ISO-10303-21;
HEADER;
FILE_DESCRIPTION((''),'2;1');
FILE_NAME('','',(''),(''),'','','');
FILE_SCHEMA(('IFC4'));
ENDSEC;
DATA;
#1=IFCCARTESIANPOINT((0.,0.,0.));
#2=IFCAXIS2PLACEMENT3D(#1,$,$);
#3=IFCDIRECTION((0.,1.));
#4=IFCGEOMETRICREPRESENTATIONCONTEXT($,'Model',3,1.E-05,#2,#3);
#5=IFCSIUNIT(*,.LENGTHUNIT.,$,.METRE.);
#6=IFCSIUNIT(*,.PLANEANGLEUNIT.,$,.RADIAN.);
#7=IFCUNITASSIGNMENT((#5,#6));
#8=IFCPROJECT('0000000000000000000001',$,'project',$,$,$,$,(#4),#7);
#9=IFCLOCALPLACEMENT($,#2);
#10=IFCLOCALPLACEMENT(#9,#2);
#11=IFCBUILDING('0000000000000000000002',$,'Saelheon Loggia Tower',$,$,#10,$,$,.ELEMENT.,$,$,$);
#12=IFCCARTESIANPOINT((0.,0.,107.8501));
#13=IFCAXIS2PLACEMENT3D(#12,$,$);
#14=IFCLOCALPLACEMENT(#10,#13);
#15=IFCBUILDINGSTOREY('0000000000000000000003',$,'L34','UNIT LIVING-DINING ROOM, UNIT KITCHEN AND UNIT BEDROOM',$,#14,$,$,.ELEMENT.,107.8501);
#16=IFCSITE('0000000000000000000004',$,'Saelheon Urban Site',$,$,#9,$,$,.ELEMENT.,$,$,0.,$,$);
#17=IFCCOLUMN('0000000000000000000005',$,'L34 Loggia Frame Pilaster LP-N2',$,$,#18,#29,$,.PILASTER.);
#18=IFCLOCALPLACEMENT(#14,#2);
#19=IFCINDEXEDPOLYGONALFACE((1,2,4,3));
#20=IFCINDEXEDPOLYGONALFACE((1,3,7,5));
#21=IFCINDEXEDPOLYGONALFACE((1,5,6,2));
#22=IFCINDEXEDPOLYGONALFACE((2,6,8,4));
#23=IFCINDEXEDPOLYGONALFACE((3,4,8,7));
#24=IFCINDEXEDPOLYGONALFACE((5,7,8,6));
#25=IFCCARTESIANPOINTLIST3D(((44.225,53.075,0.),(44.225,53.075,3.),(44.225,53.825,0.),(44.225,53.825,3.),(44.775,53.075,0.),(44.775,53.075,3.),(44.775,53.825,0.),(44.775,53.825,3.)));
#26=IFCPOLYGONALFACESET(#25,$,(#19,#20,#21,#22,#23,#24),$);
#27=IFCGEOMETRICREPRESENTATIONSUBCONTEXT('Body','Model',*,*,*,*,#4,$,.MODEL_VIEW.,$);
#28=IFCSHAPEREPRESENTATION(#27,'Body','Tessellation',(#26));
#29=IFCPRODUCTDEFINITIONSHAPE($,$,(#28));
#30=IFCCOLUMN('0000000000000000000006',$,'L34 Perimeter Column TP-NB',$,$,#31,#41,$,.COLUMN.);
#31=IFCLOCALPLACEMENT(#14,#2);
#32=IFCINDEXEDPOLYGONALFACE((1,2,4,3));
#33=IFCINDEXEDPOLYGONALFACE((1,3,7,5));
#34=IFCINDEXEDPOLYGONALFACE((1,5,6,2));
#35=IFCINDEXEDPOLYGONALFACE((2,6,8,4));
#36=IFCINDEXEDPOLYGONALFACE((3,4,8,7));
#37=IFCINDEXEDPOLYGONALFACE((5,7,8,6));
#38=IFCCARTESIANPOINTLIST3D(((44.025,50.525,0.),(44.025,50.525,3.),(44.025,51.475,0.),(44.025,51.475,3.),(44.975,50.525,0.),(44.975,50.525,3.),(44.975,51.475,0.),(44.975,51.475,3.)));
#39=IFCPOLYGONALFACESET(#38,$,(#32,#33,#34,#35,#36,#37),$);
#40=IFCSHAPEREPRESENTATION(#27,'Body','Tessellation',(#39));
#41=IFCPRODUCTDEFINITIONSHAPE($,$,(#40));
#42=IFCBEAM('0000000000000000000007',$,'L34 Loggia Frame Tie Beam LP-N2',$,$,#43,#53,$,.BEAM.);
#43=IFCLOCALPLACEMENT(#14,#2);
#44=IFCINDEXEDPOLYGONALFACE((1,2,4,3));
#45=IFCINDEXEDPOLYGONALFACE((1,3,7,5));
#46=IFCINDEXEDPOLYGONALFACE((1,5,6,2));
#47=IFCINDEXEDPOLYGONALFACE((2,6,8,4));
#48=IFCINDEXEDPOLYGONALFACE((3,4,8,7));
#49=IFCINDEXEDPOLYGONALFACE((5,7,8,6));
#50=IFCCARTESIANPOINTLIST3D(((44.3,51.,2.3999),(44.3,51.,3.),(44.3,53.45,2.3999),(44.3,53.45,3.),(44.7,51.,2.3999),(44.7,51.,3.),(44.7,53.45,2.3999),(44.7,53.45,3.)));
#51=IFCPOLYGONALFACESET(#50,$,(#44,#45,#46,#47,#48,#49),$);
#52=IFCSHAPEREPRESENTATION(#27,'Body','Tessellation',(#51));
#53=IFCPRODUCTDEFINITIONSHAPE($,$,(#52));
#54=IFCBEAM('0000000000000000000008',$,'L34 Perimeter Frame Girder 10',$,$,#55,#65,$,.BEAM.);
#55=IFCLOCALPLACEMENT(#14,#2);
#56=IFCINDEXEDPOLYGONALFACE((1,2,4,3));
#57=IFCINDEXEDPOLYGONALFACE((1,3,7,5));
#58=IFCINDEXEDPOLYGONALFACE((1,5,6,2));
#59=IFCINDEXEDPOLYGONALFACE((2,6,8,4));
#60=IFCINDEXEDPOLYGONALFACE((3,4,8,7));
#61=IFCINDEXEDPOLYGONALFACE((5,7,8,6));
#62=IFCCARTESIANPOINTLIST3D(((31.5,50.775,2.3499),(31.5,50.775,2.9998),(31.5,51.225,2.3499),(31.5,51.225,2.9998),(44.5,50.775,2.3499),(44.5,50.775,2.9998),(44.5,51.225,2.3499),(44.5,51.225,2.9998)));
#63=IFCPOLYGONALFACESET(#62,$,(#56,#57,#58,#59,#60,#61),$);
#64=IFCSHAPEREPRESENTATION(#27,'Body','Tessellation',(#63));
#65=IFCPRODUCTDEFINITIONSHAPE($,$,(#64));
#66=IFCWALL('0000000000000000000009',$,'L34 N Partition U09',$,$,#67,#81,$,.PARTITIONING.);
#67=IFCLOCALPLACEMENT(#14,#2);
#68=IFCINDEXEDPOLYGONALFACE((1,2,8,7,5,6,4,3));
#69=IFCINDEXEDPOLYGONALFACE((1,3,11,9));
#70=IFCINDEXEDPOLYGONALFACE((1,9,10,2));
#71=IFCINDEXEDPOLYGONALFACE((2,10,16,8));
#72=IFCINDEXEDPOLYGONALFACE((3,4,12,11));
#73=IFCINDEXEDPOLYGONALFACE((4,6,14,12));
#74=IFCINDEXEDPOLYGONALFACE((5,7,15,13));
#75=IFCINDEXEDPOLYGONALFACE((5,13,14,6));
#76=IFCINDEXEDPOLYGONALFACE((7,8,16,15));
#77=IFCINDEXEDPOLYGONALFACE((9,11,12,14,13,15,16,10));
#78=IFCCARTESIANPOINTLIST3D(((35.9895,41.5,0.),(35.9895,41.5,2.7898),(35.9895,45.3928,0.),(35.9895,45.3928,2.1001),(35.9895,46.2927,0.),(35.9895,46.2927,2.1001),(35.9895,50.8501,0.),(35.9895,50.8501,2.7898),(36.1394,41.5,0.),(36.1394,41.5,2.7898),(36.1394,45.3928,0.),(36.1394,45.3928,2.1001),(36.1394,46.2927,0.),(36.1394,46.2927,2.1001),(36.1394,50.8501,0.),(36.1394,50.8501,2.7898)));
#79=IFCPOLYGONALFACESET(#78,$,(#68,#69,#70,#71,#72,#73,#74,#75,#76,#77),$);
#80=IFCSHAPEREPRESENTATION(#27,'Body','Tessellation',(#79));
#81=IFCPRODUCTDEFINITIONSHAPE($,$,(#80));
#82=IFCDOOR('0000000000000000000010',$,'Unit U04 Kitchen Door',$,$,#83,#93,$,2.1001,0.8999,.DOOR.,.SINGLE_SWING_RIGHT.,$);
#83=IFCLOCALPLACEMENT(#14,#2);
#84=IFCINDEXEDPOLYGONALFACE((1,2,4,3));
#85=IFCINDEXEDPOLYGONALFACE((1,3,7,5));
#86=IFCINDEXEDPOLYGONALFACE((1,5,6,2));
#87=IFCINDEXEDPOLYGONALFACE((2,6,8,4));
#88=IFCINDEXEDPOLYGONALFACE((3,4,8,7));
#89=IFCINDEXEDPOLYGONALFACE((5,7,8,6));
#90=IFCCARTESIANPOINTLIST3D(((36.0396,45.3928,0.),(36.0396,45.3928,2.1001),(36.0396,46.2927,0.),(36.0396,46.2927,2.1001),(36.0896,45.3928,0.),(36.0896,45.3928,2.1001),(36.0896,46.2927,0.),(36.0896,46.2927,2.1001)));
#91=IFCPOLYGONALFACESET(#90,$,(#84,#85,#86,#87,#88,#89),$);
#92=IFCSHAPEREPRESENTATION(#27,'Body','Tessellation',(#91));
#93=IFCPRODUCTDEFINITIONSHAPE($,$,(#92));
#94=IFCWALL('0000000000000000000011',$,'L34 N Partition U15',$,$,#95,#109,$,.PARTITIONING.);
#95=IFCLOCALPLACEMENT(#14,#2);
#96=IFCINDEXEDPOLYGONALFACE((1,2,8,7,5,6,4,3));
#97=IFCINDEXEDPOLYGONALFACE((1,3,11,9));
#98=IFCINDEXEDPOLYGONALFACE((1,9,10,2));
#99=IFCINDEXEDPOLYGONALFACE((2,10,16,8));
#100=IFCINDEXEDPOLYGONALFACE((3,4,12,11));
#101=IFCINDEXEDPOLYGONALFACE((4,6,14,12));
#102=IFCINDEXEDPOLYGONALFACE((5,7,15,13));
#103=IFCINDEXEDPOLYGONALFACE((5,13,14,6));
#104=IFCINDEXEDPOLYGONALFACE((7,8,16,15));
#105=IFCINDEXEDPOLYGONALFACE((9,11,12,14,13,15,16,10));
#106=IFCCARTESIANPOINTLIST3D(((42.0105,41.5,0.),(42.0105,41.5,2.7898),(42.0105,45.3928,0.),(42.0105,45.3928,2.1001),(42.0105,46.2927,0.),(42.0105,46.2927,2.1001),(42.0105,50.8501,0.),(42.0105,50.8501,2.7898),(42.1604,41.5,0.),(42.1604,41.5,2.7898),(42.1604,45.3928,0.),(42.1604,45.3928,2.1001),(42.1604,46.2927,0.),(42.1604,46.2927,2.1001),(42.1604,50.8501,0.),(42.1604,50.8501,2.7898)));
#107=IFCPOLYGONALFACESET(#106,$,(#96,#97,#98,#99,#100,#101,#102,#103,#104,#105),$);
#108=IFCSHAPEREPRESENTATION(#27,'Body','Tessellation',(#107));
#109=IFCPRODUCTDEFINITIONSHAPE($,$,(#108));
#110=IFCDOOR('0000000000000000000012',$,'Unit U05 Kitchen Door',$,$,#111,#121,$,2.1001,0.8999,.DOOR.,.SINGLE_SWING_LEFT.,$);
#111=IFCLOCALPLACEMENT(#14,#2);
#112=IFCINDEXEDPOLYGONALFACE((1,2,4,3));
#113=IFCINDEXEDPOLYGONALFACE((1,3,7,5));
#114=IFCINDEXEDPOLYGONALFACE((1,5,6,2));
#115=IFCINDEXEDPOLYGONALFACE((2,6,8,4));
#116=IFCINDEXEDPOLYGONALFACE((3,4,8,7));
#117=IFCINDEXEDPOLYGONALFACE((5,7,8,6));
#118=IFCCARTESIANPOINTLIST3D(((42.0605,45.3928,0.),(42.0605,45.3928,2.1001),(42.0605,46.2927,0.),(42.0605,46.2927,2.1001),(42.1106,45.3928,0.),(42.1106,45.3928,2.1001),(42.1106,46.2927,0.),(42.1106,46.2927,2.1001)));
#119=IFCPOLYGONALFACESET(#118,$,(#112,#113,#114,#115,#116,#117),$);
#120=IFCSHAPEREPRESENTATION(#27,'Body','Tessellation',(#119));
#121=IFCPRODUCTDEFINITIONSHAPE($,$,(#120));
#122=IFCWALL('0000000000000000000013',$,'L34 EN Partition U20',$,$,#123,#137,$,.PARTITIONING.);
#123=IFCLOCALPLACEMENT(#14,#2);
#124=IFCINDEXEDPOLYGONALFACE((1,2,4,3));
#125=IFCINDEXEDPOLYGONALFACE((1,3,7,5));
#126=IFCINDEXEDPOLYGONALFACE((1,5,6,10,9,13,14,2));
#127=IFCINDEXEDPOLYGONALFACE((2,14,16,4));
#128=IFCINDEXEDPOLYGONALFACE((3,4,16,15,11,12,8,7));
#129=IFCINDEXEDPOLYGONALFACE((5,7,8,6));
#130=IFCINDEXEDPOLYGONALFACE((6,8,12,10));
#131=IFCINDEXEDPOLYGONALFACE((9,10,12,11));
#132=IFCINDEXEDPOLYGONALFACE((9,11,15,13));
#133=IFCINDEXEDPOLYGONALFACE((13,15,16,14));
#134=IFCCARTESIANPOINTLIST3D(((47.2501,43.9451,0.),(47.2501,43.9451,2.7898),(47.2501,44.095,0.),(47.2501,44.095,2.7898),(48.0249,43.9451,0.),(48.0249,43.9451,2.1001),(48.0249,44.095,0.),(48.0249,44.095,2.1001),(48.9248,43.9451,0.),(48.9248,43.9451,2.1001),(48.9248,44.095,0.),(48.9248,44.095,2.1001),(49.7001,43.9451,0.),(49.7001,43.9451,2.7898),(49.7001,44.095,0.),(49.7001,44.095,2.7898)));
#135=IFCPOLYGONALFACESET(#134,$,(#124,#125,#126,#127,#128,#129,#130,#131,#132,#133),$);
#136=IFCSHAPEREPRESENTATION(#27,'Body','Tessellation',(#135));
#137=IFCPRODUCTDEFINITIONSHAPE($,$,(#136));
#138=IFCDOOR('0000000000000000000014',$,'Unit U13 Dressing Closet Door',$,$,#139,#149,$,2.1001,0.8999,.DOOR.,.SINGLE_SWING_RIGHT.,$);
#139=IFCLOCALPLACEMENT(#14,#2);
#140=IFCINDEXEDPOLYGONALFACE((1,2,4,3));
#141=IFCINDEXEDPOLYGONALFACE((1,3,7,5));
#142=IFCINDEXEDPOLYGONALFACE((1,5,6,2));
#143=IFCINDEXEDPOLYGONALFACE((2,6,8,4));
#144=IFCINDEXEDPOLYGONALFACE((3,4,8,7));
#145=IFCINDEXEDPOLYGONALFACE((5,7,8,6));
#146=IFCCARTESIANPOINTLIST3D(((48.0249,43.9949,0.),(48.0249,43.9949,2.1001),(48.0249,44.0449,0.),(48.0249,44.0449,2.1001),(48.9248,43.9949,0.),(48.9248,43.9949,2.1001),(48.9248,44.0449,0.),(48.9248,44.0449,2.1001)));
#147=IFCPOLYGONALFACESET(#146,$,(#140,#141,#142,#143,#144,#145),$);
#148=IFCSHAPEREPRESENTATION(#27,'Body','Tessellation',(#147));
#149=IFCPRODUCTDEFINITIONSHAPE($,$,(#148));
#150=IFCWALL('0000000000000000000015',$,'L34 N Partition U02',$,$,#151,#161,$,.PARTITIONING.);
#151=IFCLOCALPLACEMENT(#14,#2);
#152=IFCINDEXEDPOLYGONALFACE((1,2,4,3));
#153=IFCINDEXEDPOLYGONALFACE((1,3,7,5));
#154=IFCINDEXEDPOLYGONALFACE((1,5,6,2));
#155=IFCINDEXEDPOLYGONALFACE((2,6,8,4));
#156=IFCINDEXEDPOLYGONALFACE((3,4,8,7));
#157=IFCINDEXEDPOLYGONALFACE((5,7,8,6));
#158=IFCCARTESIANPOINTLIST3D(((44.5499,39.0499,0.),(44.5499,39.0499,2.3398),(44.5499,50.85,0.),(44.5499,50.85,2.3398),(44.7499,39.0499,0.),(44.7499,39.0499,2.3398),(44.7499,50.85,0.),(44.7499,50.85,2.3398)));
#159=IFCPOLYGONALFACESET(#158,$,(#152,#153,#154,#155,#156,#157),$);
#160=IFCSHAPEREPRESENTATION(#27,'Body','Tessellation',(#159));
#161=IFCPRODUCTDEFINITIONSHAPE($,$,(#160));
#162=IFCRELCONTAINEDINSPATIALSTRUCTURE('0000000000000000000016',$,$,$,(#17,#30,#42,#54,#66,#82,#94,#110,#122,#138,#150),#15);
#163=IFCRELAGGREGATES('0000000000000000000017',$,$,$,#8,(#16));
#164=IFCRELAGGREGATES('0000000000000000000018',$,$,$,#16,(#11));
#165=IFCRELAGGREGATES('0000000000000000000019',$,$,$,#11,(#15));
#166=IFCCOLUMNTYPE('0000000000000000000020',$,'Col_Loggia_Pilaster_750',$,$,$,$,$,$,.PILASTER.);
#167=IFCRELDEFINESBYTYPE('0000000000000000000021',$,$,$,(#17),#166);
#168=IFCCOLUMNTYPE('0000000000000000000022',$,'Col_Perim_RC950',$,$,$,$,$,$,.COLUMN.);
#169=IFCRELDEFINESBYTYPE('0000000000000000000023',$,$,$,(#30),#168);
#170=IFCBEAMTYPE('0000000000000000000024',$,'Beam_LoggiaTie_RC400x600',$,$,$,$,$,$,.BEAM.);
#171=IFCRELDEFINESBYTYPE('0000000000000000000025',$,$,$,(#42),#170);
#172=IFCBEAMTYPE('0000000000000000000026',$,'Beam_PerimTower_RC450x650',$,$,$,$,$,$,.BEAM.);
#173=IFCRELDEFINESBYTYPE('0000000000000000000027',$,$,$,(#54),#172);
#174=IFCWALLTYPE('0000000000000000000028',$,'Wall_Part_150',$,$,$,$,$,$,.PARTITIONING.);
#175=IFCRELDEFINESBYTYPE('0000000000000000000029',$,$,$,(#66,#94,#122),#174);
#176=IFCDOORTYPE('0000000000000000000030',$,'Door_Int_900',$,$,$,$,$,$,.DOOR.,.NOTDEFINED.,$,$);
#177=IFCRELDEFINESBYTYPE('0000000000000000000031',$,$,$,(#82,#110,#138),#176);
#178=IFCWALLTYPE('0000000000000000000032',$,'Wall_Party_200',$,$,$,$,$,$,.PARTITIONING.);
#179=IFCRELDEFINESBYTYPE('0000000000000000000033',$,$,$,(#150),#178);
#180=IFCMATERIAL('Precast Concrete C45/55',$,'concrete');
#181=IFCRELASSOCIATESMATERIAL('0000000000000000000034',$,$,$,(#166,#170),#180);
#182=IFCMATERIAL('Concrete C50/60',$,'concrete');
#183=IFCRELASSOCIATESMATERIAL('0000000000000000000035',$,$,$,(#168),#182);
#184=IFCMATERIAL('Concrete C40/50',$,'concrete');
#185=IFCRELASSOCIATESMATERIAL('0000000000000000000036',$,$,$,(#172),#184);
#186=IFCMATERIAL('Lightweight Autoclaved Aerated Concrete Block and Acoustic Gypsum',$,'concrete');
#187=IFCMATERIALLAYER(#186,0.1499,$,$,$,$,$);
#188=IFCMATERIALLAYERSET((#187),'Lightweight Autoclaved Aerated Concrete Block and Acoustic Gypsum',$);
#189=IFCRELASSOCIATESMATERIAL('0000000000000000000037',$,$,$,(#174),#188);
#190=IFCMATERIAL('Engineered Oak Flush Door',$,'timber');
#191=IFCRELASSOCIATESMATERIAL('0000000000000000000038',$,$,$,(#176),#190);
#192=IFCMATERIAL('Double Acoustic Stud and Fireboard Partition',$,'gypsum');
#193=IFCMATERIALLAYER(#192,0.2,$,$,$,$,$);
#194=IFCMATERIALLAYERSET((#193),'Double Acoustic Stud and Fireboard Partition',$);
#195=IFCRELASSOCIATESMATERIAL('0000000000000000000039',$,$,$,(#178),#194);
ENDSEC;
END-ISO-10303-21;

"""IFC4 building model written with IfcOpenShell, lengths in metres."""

from ifc_helpers import new_model, si_unit, direction, frame, frame_2d, origin, origin_2d, place, context, subcontext, project, spatial, rectangle, extrude, source, transform, mapped, material, layer, layer_set, material_profile, profile_set, type_object, element, fill, save


model = new_model("IFC4")

# Units and contexts
model_context = context("Model", 3, precision=1e-05, world=origin(), true_north=direction((0.0, 1.0)))
body_context = subcontext(model_context, "Body", "Model", "MODEL_VIEW")
ifc_project = project(units=[si_unit("LENGTHUNIT", "METRE"), si_unit("PLANEANGLEUNIT", "RADIAN")], contexts=[model_context])

# Site, building, storey
site_placement = place(None, origin())
site = spatial("IfcSite", under=ifc_project, at=site_placement, Name="Saelheon Urban Site", CompositionType="ELEMENT", RefElevation=0.0)
building_placement = place(site_placement, origin())
building = spatial("IfcBuilding", under=site, at=building_placement, Name="Saelheon Loggia Tower", CompositionType="ELEMENT")
storey_placement = place(building_placement, frame((0.0, 0.0, 107.8501)))
storey = spatial("IfcBuildingStorey", under=building, at=storey_placement, Name="L34", Description="UNIT LIVING-DINING ROOM, UNIT KITCHEN AND UNIT BEDROOM", CompositionType="ELEMENT", Elevation=107.8501)

# Columns
ifc_material_1 = material(Name="Precast Concrete C45/55", Category="concrete")
ifc_material_profile_1 = material_profile(ifc_material_1, rectangle(XDim=0.55, YDim=0.75, at=origin_2d()), Name="RC-550x750")
ifc_profile_set_1 = profile_set([ifc_material_profile_1], Name="Precast Concrete C45/55")
column_type_1 = type_object("IfcColumnType", Name="Col_Loggia_Pilaster_750", PredefinedType="PILASTER", material=ifc_profile_set_1)
shared_shape_1 = source(origin(), body_context, "Body", "SweptSolid", [
    extrude(rectangle(XDim=0.55, YDim=0.75, at=origin_2d()), origin(), (0.0, 0.0, 1.0), 3.0),
])
column_1_placement = place(storey_placement, frame((44.5, 53.45, 0.0), z_axis=(0.0, 0.0, 1.0), x_axis=(1.0, 0.0, 0.0)))
element("IfcColumn", 1, at=column_1_placement, inside=storey, type_object=column_type_1, Name="L34 Loggia Frame Pilaster LP-N2", PredefinedType="PILASTER", context=body_context, shape_type="MappedRepresentation", body=[
    mapped(shared_shape_1, transform((0.0, 0.0, 0.0), scale=1.0)),
])
ifc_material_2 = material(Name="Concrete C50/60", Category="concrete")
ifc_material_profile_2 = material_profile(ifc_material_2, rectangle(XDim=0.95, YDim=0.95, at=origin_2d()), Name="RC-950x950")
ifc_profile_set_2 = profile_set([ifc_material_profile_2], Name="Concrete C50/60")
column_type_2 = type_object("IfcColumnType", Name="Col_Perim_RC950", PredefinedType="COLUMN", material=ifc_profile_set_2)
shared_shape_2 = source(origin(), body_context, "Body", "SweptSolid", [
    extrude(rectangle(XDim=0.95, YDim=0.95, at=origin_2d()), origin(), (0.0, 0.0, 1.0), 3.0),
])
column_2_placement = place(storey_placement, frame((44.5, 51.0, 0.0), z_axis=(0.0, 0.0, 1.0), x_axis=(1.0, 0.0, 0.0)))
element("IfcColumn", 2, at=column_2_placement, inside=storey, type_object=column_type_2, Name="L34 Perimeter Column TP-NB", PredefinedType="COLUMN", context=body_context, shape_type="MappedRepresentation", body=[
    mapped(shared_shape_2, transform((0.0, 0.0, 0.0), scale=1.0)),
])

# Beams
ifc_material_profile_3 = material_profile(ifc_material_1, rectangle(XDim=0.3999, YDim=0.6001, at=origin_2d()), Name="RC-400x600")
ifc_profile_set_3 = profile_set([ifc_material_profile_3], Name="Precast Concrete C45/55")
beam_type_1 = type_object("IfcBeamType", Name="Beam_LoggiaTie_RC400x600", PredefinedType="BEAM", material=ifc_profile_set_3)
shared_shape_3 = source(origin(), body_context, "Body", "SweptSolid", [
    extrude(rectangle(XDim=0.3999, YDim=0.6001, at=origin_2d()), origin(), (0.0, 0.0, 1.0), 2.45),
])
beam_1_placement = place(storey_placement, frame((44.5, 51.0, 2.7), z_axis=(0.0, 1.0, 0.0), x_axis=(-1.0, 0.0, 0.0)))
element("IfcBeam", 3, at=beam_1_placement, inside=storey, type_object=beam_type_1, Name="L34 Loggia Frame Tie Beam LP-N2", PredefinedType="BEAM", context=body_context, shape_type="MappedRepresentation", body=[
    mapped(shared_shape_3, transform((0.0, 0.0, 0.0), scale=1.0)),
])
ifc_material_3 = material(Name="Concrete C40/50", Category="concrete")
ifc_material_profile_4 = material_profile(ifc_material_3, rectangle(XDim=0.45, YDim=0.6499, at=origin_2d()), Name="RC-450x650")
ifc_profile_set_4 = profile_set([ifc_material_profile_4], Name="Concrete C40/50")
beam_type_2 = type_object("IfcBeamType", Name="Beam_PerimTower_RC450x650", PredefinedType="BEAM", material=ifc_profile_set_4)
shared_shape_4 = source(origin(), body_context, "Body", "SweptSolid", [
    extrude(rectangle(XDim=0.45, YDim=0.6499, at=origin_2d()), origin(), (0.0, 0.0, 1.0), 13.0),
])
beam_2_placement = place(storey_placement, frame((44.5, 51.0, 2.6748), z_axis=(-1.0, 0.0, 0.0), x_axis=(0.0, -1.0, 0.0)))
element("IfcBeam", 4, at=beam_2_placement, inside=storey, type_object=beam_type_2, Name="L34 Perimeter Frame Girder 10", PredefinedType="BEAM", context=body_context, shape_type="MappedRepresentation", body=[
    mapped(shared_shape_4, transform((0.0, 0.0, 0.0), scale=1.0)),
])

# Walls, openings, doors
ifc_material_4 = material(Name="Lightweight Autoclaved Aerated Concrete Block and Acoustic Gypsum", Category="concrete")
ifc_layer_1 = layer(ifc_material_4, 0.1499)
ifc_layer_set_1 = layer_set([ifc_layer_1], Name="Lightweight Autoclaved Aerated Concrete Block and Acoustic Gypsum")
wall_type_1 = type_object("IfcWallType", Name="Wall_Part_150", PredefinedType="PARTITIONING", material=ifc_layer_set_1)
wall_1_placement = place(storey_placement, frame((36.0645, 41.5, 0.0), z_axis=(0.0, 0.0, 1.0), x_axis=(0.0, 1.0, 0.0)))
wall_1 = element("IfcWall", 5, at=wall_1_placement, inside=storey, type_object=wall_type_1, Name="L34 N Partition U09", PredefinedType="PARTITIONING", context=body_context, shape_type="SweptSolid", body=[
    extrude(rectangle(XDim=9.3501, YDim=0.1499, at=frame_2d((4.675, 0.0))), origin(), (0.0, 0.0, 1.0), 2.7898),
])
opening_1_placement = place(wall_1_placement, frame((3.8928, 0.0, 0.0)))
opening_1 = element("IfcOpeningElement", 6, at=opening_1_placement, cuts=wall_1, PredefinedType="OPENING", context=body_context, shape_type="SweptSolid", body=[
    extrude(rectangle(XDim=0.8999, YDim=2.1001, at=frame_2d((0.45, 1.05))), frame((0.0, 0.0869, 0.0), z_axis=(0.0, -1.0, 0.0), x_axis=(1.0, 0.0, 0.0)), (0.0, 0.0, 1.0), 0.1738),
])
ifc_material_5 = material(Name="Engineered Oak Flush Door", Category="timber")
door_type_1 = type_object("IfcDoorType", Name="Door_Int_900", OperationType="NOTDEFINED", PredefinedType="DOOR", material=ifc_material_5)
shared_shape_5 = source(origin(), body_context, "Body", "SweptSolid", [
    extrude(rectangle(XDim=0.8999, YDim=2.1001, at=frame_2d((0.45, 1.05))), frame((0.0, 0.0249, 0.0), z_axis=(0.0, -1.0, 0.0), x_axis=(1.0, 0.0, 0.0)), (0.0, 0.0, 1.0), 0.05),
])
door_1_placement = place(opening_1_placement, origin())
door_1 = element("IfcDoor", 7, at=door_1_placement, inside=storey, type_object=door_type_1, Name="Unit U04 Kitchen Door", OperationType="SINGLE_SWING_RIGHT", OverallHeight=2.1001, OverallWidth=0.8999, PredefinedType="DOOR", context=body_context, shape_type="MappedRepresentation", body=[
    mapped(shared_shape_5, transform((0.0, 0.0, 0.0), scale=1.0)),
])
fill(opening_1, door_1)
wall_2_placement = place(storey_placement, frame((42.0854, 41.5, 0.0), z_axis=(0.0, 0.0, 1.0), x_axis=(0.0, 1.0, 0.0)))
wall_2 = element("IfcWall", 8, at=wall_2_placement, inside=storey, type_object=wall_type_1, Name="L34 N Partition U15", PredefinedType="PARTITIONING", context=body_context, shape_type="SweptSolid", body=[
    extrude(rectangle(XDim=9.3501, YDim=0.1499, at=frame_2d((4.675, 0.0))), origin(), (0.0, 0.0, 1.0), 2.7898),
])
opening_2_placement = place(wall_2_placement, frame((3.8928, 0.0, 0.0)))
opening_2 = element("IfcOpeningElement", 9, at=opening_2_placement, cuts=wall_2, PredefinedType="OPENING", context=body_context, shape_type="SweptSolid", body=[
    extrude(rectangle(XDim=0.8999, YDim=2.1001, at=frame_2d((0.45, 1.05))), frame((0.0, 0.0869, 0.0), z_axis=(0.0, -1.0, 0.0), x_axis=(1.0, 0.0, 0.0)), (0.0, 0.0, 1.0), 0.1738),
])
door_2_placement = place(opening_2_placement, origin())
door_2 = element("IfcDoor", 10, at=door_2_placement, inside=storey, type_object=door_type_1, Name="Unit U05 Kitchen Door", OperationType="SINGLE_SWING_LEFT", OverallHeight=2.1001, OverallWidth=0.8999, PredefinedType="DOOR", context=body_context, shape_type="MappedRepresentation", body=[
    mapped(shared_shape_5, transform((0.0, 0.0, 0.0), scale=1.0)),
])
fill(opening_2, door_2)
wall_3_placement = place(storey_placement, frame((47.25, 44.02, 0.0), z_axis=(0.0, 0.0, 1.0), x_axis=(1.0, 0.0, 0.0)))
wall_3 = element("IfcWall", 11, at=wall_3_placement, inside=storey, type_object=wall_type_1, Name="L34 EN Partition U20", PredefinedType="PARTITIONING", context=body_context, shape_type="SweptSolid", body=[
    extrude(rectangle(XDim=2.45, YDim=0.1499, at=frame_2d((1.2251, 0.0))), origin(), (0.0, 0.0, 1.0), 2.7898),
])
opening_3_placement = place(wall_3_placement, frame((0.7749, 0.0, 0.0)))
opening_3 = element("IfcOpeningElement", 12, at=opening_3_placement, cuts=wall_3, PredefinedType="OPENING", context=body_context, shape_type="SweptSolid", body=[
    extrude(rectangle(XDim=0.8999, YDim=2.1001, at=frame_2d((0.45, 1.05))), frame((0.0, 0.0869, 0.0), z_axis=(0.0, -1.0, 0.0), x_axis=(1.0, 0.0, 0.0)), (0.0, 0.0, 1.0), 0.1738),
])
door_3_placement = place(opening_3_placement, origin())
door_3 = element("IfcDoor", 13, at=door_3_placement, inside=storey, type_object=door_type_1, Name="Unit U13 Dressing Closet Door", OperationType="SINGLE_SWING_RIGHT", OverallHeight=2.1001, OverallWidth=0.8999, PredefinedType="DOOR", context=body_context, shape_type="MappedRepresentation", body=[
    mapped(shared_shape_5, transform((0.0, 0.0, 0.0), scale=1.0)),
])
fill(opening_3, door_3)

# Wall
ifc_material_6 = material(Name="Double Acoustic Stud and Fireboard Partition", Category="gypsum")
ifc_layer_2 = layer(ifc_material_6, 0.2)
ifc_layer_set_2 = layer_set([ifc_layer_2], Name="Double Acoustic Stud and Fireboard Partition")
wall_type_2 = type_object("IfcWallType", Name="Wall_Party_200", PredefinedType="PARTITIONING", material=ifc_layer_set_2)
wall_4_placement = place(storey_placement, frame((44.6499, 39.05, 0.0), z_axis=(0.0, 0.0, 1.0), x_axis=(0.0, 1.0, 0.0)))
element("IfcWall", 14, at=wall_4_placement, inside=storey, type_object=wall_type_2, Name="L34 N Partition U02", PredefinedType="PARTITIONING", context=body_context, shape_type="SweptSolid", body=[
    extrude(rectangle(XDim=11.8, YDim=0.2, at=frame_2d((5.8999, 0.0))), origin(), (0.0, 0.0, 1.0), 2.3398),
])

save(model, "model.ifc")
